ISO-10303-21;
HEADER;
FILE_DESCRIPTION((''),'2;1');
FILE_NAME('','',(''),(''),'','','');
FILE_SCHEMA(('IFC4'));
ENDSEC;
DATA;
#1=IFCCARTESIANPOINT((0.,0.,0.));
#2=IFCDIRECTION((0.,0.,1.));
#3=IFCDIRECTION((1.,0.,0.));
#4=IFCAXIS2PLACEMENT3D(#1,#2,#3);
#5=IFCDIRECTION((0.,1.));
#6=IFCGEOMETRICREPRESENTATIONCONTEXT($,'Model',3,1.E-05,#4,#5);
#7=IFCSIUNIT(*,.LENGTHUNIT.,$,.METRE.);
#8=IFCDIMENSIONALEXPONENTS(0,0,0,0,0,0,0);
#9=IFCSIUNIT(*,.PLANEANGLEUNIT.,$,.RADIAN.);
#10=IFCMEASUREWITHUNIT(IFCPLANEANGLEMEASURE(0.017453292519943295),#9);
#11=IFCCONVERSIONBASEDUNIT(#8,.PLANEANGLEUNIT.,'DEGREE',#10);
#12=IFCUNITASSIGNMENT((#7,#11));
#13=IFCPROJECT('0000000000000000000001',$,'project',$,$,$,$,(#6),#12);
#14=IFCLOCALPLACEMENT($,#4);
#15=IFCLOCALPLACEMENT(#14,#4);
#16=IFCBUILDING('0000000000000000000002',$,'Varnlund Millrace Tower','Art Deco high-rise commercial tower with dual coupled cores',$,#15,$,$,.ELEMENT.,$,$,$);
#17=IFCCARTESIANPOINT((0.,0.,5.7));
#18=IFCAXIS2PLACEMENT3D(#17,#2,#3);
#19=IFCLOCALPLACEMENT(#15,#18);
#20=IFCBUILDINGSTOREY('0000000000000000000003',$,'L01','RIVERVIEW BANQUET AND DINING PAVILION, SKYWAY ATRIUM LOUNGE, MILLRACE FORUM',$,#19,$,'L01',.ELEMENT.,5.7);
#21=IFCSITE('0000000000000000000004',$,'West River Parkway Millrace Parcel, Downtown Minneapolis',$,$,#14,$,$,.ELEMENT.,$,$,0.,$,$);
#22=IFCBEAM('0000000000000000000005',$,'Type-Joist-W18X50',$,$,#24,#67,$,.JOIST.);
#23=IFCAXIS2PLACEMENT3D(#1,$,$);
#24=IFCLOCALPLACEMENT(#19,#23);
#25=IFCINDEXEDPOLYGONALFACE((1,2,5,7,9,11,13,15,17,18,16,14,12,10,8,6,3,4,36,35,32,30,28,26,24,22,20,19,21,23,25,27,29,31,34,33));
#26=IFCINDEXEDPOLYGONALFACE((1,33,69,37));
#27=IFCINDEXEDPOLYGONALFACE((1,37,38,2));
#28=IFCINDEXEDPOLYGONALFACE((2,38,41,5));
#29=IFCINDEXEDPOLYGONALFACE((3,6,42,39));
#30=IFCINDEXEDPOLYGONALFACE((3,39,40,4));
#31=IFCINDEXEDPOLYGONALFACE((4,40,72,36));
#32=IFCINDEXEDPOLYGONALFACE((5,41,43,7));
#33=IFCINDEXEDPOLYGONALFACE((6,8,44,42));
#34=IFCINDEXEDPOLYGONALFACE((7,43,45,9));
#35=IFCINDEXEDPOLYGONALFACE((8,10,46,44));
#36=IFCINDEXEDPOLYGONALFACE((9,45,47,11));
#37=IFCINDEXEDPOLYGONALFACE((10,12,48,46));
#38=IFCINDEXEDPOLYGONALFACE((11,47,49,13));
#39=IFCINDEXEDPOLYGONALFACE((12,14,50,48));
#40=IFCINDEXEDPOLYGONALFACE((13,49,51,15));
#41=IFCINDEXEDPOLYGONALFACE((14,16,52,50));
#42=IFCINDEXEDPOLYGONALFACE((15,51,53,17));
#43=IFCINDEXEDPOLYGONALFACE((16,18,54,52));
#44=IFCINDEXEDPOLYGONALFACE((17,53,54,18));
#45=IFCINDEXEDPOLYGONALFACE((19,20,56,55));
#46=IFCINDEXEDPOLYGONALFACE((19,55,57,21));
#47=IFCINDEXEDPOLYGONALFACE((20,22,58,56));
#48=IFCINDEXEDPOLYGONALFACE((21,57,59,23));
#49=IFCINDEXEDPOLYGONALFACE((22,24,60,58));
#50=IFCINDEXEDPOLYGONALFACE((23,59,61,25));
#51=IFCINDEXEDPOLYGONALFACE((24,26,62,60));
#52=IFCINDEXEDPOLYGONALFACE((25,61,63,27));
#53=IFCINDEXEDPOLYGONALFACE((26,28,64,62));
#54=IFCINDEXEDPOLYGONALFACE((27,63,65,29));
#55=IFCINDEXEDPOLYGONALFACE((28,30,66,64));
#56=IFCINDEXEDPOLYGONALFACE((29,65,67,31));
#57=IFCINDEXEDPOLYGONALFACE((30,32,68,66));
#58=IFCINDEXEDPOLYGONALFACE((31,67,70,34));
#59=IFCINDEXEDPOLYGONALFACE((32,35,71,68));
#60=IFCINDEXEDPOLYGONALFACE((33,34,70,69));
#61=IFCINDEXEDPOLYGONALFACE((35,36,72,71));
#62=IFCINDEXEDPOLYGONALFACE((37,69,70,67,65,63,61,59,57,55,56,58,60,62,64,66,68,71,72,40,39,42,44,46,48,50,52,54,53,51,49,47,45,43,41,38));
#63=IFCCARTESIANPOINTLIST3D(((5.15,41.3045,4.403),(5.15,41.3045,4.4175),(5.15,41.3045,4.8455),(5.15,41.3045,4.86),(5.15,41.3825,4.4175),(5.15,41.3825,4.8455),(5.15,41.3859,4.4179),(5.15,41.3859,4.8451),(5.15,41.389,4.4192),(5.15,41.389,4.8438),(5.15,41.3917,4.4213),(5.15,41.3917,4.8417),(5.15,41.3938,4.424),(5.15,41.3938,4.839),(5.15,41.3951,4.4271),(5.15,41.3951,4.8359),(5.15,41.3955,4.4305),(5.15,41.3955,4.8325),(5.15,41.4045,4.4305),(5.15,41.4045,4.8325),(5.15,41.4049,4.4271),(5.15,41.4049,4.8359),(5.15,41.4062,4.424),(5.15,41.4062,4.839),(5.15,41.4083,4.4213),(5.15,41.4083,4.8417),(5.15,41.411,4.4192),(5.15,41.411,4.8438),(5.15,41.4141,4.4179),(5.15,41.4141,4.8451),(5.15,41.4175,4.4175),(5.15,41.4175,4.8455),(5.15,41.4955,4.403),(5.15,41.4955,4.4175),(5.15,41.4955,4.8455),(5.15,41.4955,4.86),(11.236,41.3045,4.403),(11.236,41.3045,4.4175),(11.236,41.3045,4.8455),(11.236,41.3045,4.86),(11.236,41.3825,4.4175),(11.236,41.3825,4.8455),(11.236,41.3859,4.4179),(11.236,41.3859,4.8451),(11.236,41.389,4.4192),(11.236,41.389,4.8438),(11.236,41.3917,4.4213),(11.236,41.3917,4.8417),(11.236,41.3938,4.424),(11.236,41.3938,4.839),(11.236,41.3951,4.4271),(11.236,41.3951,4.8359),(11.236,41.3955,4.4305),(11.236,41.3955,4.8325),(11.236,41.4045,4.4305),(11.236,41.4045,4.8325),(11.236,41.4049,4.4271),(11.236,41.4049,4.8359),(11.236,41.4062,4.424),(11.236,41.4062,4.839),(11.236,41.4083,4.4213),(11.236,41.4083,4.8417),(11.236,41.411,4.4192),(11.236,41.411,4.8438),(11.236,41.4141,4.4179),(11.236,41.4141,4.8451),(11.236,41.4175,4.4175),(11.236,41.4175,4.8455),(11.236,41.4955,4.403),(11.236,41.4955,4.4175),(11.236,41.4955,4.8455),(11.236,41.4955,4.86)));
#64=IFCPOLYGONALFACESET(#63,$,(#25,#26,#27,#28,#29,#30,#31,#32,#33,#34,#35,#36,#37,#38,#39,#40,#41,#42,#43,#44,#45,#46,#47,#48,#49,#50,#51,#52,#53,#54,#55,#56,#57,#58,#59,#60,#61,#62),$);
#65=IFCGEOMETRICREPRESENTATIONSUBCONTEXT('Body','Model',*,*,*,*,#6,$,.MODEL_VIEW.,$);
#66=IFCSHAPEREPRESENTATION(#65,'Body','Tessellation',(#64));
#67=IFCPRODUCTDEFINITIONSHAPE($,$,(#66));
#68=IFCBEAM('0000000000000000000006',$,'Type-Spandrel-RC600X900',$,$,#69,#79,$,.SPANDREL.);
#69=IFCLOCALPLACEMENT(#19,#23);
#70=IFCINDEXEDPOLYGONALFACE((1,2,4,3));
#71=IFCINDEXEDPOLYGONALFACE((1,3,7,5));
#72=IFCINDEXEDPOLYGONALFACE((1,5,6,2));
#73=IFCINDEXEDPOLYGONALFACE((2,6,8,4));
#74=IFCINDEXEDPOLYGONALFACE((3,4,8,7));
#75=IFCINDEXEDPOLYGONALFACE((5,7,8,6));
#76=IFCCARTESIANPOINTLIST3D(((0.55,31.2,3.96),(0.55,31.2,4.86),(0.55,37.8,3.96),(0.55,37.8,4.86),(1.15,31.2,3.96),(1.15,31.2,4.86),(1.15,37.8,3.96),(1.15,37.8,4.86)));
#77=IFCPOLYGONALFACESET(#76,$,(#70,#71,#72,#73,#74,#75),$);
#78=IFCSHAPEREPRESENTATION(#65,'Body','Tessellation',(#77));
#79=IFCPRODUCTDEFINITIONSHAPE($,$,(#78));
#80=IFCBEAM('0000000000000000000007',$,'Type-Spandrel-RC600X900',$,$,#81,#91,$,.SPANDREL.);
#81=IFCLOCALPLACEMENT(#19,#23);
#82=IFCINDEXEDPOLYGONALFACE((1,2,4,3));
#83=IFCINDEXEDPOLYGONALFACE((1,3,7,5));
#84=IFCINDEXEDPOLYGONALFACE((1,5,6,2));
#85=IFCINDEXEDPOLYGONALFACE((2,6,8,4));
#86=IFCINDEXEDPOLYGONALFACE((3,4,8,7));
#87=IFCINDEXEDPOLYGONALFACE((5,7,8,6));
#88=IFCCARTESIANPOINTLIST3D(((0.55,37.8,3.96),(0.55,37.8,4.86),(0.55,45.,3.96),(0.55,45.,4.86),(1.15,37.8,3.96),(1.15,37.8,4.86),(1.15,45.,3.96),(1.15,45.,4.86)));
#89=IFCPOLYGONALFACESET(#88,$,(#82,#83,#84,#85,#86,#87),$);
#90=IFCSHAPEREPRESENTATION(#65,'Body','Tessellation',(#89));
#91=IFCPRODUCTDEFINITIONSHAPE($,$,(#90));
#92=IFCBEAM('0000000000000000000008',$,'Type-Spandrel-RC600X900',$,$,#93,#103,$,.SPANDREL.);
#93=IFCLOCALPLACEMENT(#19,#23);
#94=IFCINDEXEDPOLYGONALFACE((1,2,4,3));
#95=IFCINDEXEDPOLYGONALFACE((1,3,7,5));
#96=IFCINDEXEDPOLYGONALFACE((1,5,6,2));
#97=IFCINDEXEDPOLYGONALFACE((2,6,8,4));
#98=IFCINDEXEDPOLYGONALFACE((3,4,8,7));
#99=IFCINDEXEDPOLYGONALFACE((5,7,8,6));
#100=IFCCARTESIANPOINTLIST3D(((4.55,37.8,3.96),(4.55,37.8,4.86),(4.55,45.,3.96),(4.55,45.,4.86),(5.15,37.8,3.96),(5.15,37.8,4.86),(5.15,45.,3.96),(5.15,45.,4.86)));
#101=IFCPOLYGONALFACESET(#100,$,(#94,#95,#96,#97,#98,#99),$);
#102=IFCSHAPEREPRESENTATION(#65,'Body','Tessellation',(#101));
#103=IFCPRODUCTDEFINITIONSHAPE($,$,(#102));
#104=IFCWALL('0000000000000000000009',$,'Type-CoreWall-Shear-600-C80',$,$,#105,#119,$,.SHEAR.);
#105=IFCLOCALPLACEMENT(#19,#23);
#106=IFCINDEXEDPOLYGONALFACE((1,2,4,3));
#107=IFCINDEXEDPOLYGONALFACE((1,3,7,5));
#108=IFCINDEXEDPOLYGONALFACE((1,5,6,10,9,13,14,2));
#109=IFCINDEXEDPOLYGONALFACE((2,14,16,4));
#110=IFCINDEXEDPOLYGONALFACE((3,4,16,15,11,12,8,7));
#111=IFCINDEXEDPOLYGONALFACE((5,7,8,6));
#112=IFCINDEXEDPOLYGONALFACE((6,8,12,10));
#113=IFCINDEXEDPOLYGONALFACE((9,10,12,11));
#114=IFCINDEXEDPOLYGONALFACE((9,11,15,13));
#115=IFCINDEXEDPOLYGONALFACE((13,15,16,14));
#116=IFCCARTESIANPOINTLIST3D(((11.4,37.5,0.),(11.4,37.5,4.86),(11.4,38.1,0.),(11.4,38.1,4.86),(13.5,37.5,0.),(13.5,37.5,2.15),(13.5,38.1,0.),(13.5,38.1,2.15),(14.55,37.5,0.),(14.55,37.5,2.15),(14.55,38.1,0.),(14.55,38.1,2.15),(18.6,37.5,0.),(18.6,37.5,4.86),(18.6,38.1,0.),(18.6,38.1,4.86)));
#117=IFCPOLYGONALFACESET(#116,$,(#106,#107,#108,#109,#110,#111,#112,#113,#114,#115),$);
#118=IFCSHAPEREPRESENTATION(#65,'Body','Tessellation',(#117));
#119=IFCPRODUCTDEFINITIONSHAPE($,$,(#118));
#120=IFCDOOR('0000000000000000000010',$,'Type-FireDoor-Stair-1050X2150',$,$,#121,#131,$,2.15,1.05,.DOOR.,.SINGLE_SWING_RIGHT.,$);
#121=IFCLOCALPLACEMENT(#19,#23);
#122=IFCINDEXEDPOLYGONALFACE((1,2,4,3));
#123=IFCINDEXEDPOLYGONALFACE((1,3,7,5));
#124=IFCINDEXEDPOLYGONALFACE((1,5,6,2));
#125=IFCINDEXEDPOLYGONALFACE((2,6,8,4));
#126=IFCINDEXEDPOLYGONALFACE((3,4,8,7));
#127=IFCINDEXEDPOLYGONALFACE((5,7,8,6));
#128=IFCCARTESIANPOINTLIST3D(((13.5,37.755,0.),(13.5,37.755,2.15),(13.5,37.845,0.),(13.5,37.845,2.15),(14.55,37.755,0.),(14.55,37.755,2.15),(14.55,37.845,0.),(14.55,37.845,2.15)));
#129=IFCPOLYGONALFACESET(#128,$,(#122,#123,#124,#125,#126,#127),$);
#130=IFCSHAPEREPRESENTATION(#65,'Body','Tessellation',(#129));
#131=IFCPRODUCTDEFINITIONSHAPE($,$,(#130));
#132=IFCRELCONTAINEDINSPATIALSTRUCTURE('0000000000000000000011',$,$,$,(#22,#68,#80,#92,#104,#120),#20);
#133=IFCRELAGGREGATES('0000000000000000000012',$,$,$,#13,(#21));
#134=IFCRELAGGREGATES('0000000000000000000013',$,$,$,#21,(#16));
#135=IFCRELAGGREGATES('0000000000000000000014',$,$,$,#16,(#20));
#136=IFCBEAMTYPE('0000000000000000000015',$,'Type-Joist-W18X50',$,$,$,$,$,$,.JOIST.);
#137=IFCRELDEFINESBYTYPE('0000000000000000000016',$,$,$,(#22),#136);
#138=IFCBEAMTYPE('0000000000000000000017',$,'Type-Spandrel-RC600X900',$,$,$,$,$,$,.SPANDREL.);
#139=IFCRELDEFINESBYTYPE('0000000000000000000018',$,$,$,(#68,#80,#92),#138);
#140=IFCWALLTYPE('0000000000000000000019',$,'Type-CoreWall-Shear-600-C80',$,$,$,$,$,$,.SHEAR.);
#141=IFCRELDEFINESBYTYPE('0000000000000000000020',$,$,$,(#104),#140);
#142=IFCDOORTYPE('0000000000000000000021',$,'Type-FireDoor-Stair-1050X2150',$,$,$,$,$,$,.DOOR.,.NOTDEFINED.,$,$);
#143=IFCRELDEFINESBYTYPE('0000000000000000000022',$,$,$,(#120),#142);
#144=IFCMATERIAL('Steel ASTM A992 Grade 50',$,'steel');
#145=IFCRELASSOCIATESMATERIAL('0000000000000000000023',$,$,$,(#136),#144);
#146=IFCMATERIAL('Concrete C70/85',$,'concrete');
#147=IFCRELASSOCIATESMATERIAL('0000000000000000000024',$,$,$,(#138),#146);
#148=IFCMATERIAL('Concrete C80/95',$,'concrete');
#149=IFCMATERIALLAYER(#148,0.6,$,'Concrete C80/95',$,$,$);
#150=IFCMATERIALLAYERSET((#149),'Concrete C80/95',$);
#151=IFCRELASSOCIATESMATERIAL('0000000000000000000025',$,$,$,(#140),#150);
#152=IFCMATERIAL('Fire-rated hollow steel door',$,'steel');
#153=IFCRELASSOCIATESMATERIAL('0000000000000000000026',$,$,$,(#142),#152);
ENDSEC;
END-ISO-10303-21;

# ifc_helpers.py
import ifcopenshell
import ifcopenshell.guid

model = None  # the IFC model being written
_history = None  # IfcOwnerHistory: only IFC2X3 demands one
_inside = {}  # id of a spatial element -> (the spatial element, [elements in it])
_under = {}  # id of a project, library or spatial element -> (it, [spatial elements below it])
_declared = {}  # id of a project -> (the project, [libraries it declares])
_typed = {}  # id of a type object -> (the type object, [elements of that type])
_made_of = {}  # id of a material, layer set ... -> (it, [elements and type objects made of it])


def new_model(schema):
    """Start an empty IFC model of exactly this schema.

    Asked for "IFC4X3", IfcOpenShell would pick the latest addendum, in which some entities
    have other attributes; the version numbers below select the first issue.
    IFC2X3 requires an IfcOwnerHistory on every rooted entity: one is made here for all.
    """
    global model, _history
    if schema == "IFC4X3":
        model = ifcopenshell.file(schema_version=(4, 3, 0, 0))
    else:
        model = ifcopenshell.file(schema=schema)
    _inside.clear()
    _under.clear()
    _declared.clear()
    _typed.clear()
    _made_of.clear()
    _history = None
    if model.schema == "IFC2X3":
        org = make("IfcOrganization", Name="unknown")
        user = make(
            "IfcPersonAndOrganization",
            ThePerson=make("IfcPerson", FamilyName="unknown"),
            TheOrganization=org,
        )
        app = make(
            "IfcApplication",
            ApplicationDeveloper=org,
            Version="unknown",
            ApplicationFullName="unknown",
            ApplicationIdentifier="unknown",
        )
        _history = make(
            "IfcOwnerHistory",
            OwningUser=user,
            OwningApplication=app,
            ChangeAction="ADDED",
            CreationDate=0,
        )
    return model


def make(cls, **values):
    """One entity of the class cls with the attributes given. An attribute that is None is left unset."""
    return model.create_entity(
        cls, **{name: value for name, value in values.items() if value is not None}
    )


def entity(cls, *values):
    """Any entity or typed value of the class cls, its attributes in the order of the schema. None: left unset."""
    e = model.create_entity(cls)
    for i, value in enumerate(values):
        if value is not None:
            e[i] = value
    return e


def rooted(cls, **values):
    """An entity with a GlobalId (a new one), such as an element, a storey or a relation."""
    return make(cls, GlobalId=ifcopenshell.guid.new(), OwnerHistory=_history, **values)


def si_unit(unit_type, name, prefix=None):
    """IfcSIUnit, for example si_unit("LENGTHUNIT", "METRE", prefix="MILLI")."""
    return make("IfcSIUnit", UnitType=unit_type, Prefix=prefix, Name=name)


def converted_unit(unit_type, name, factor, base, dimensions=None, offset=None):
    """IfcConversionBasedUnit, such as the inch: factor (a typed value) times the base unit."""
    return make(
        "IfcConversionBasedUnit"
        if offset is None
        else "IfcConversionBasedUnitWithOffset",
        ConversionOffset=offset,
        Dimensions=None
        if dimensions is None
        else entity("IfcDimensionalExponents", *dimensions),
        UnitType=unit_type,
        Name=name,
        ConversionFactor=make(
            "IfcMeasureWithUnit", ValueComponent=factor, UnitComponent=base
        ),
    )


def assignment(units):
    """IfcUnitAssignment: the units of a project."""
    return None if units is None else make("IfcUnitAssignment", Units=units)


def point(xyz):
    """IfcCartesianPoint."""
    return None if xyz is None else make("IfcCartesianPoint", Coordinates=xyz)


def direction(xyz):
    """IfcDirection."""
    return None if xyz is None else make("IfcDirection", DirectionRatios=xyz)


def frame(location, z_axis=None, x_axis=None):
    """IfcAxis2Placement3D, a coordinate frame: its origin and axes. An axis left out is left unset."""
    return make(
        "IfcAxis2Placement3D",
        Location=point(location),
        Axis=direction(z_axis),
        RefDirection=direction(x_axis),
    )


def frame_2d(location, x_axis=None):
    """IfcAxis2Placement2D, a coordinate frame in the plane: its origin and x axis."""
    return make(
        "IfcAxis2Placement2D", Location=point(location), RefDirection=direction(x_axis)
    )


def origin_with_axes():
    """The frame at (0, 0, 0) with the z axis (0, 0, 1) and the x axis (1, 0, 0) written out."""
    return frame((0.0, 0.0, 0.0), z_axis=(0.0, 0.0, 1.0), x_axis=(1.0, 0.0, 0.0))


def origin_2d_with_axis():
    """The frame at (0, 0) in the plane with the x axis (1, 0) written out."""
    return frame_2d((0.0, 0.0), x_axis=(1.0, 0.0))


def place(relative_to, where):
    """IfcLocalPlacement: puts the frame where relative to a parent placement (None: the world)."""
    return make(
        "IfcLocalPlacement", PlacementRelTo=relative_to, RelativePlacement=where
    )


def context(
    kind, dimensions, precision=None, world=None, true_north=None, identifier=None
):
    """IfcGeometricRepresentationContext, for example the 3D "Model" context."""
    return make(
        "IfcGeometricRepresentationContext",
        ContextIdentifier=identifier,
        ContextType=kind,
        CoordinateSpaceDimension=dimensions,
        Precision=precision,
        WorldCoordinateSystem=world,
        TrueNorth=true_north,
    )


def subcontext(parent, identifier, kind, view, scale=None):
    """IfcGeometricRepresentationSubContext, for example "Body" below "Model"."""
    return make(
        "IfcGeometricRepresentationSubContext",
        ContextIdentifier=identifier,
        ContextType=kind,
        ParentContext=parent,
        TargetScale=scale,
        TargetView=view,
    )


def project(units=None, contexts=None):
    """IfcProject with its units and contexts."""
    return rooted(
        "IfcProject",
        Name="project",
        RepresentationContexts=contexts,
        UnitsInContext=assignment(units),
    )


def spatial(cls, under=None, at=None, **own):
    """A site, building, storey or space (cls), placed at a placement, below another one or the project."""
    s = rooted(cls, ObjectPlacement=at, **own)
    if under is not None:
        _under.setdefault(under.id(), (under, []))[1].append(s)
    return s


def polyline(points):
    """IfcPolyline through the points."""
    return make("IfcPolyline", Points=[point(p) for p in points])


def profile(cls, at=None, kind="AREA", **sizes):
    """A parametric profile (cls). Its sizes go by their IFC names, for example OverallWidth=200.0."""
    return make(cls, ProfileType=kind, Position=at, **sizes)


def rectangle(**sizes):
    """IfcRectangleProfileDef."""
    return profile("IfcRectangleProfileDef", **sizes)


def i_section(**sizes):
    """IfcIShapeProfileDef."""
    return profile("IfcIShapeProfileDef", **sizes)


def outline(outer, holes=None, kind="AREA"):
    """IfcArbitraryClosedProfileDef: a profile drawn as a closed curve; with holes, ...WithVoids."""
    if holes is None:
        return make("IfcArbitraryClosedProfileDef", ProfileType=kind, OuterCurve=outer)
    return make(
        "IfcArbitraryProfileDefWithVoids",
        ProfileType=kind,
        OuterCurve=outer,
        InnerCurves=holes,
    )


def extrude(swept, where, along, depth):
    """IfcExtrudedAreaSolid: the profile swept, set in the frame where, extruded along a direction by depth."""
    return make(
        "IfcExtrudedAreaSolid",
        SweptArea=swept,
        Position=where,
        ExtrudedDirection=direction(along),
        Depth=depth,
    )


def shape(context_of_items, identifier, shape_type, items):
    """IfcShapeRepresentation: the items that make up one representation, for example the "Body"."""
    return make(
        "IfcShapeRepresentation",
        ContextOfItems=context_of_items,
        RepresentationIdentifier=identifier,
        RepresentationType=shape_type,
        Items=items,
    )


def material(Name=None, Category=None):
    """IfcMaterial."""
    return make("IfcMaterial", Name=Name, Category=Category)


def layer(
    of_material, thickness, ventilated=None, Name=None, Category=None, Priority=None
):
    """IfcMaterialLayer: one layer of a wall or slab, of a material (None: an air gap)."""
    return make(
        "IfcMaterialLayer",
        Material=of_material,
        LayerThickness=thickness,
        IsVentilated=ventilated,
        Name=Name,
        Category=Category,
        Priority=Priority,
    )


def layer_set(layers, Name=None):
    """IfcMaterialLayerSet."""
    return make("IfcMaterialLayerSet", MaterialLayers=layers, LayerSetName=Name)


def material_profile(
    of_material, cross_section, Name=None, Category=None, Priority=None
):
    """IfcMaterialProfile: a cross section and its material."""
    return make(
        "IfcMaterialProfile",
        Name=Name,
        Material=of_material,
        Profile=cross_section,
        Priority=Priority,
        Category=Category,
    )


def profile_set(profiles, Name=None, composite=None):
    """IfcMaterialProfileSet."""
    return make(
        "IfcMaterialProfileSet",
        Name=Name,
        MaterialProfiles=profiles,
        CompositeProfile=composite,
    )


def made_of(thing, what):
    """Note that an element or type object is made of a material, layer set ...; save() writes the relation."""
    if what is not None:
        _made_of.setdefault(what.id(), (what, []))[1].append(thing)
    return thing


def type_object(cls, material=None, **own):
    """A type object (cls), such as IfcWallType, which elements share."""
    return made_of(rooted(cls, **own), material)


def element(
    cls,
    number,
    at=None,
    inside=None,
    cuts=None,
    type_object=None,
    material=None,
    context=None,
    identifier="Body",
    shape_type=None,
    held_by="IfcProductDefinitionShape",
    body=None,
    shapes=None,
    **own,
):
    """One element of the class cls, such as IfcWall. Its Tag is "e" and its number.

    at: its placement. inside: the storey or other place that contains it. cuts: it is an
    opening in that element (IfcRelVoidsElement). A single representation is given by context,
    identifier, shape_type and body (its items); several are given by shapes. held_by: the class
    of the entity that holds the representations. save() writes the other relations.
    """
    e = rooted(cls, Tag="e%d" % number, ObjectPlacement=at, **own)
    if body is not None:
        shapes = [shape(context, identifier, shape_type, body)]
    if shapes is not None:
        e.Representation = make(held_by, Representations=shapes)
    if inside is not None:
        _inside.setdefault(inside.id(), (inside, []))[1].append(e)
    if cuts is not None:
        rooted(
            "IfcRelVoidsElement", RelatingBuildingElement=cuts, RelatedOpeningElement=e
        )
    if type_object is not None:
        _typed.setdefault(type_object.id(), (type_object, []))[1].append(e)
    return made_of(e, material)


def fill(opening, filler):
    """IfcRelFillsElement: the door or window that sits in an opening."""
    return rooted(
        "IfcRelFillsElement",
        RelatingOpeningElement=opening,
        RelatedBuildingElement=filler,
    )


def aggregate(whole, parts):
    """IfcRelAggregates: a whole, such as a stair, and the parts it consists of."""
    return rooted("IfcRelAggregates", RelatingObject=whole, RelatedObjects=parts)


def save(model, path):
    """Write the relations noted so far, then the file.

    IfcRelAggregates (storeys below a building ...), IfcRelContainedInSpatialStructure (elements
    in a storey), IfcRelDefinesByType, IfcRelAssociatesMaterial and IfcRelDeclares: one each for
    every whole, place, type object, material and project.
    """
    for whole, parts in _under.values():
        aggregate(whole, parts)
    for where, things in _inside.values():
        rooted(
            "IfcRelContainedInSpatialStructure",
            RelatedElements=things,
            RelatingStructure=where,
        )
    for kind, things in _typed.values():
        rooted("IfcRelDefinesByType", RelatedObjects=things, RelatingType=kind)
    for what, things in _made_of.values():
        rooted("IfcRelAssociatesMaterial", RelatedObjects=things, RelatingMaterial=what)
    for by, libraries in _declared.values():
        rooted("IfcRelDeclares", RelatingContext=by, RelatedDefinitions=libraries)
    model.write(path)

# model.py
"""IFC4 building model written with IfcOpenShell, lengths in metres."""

from ifc_helpers import new_model, entity, si_unit, converted_unit, direction, frame, origin_with_axes, origin_2d_with_axis, place, context, subcontext, project, spatial, polyline, rectangle, i_section, outline, extrude, material, layer, layer_set, material_profile, profile_set, type_object, element, fill, save


model = new_model("IFC4")

# Units and contexts
model_context = context("Model", 3, precision=1e-05, world=origin_with_axes(), true_north=direction((0.0, 1.0)))
body_context = subcontext(model_context, "Body", "Model", "MODEL_VIEW")
ifc_project = project(units=[si_unit("LENGTHUNIT", "METRE"), converted_unit("PLANEANGLEUNIT", "DEGREE", entity("IfcPlaneAngleMeasure", 0.017453292519943295), si_unit("PLANEANGLEUNIT", "RADIAN"), dimensions=[0, 0, 0, 0, 0, 0, 0])], contexts=[model_context])

# Site, building, storey
site_placement = place(None, origin_with_axes())
site = spatial("IfcSite", under=ifc_project, at=site_placement, Name="West River Parkway Millrace Parcel, Downtown Minneapolis", CompositionType="ELEMENT", RefElevation=0.0)
building_placement = place(site_placement, origin_with_axes())
building = spatial("IfcBuilding", under=site, at=building_placement, Name="Varnlund Millrace Tower", Description="Art Deco high-rise commercial tower with dual coupled cores", CompositionType="ELEMENT")
storey_placement = place(building_placement, frame((0.0, 0.0, 5.7), z_axis=(0.0, 0.0, 1.0), x_axis=(1.0, 0.0, 0.0)))
storey = spatial("IfcBuildingStorey", under=building, at=storey_placement, Name="L01", Description="RIVERVIEW BANQUET AND DINING PAVILION, SKYWAY ATRIUM LOUNGE, MILLRACE FORUM", LongName="L01", CompositionType="ELEMENT", Elevation=5.7)

# Shared definitions
ifc_material_1 = material(Name="Concrete C80/95", Category="concrete")

# Beams
ifc_material_2 = material(Name="Steel ASTM A992 Grade 50", Category="steel")
ifc_material_profile_1 = material_profile(ifc_material_2, i_section(OverallWidth=0.191, OverallDepth=0.457, WebThickness=0.009, FlangeThickness=0.0145, FilletRadius=0.013, at=origin_2d_with_axis()), Name="Steel ASTM A992 Grade 50")
ifc_profile_set_1 = profile_set([ifc_material_profile_1], Name="Steel ASTM A992 Grade 50")
beam_type_1 = type_object("IfcBeamType", Name="Type-Joist-W18X50", PredefinedType="JOIST", material=ifc_profile_set_1)
for number, where, z_axis, x_axis, name in (
    (1, (5.15, 41.4, 4.6315), (1.0, 0.0, 0.0), (0.0, 1.0, 0.0), "Type-Joist-W18X50"),
):
    element("IfcBeam", number, at=place(storey_placement, frame(where, z_axis=z_axis, x_axis=x_axis)), inside=storey, type_object=beam_type_1, Name=name, PredefinedType="JOIST", context=body_context, shape_type="SweptSolid", body=[
        extrude(i_section(OverallWidth=0.191, OverallDepth=0.457, WebThickness=0.009, FlangeThickness=0.0145, FilletRadius=0.013, at=origin_2d_with_axis()), origin_with_axes(), (0.0, 0.0, 1.0), 6.086),
    ])
ifc_material_3 = material(Name="Concrete C70/85", Category="concrete")
ifc_material_profile_2 = material_profile(ifc_material_3, rectangle(XDim=0.6, YDim=0.9, at=origin_2d_with_axis()), Name="Concrete C70/85")
ifc_profile_set_2 = profile_set([ifc_material_profile_2], Name="Concrete C70/85")
beam_type_2 = type_object("IfcBeamType", Name="Type-Spandrel-RC600X900", PredefinedType="SPANDREL", material=ifc_profile_set_2)
beam_1_placement = place(storey_placement, frame((0.85, 31.2, 4.41), z_axis=(0.0, 1.0, 0.0), x_axis=(-1.0, 0.0, 0.0)))
element("IfcBeam", 2, at=beam_1_placement, inside=storey, type_object=beam_type_2, Name="Type-Spandrel-RC600X900", PredefinedType="SPANDREL", context=body_context, shape_type="SweptSolid", body=[
    extrude(rectangle(XDim=0.6, YDim=0.9, at=origin_2d_with_axis()), origin_with_axes(), (0.0, 0.0, 1.0), 6.6),
])
for number, where, z_axis, x_axis, name in (
    (3, (0.85, 37.8, 4.41), (0.0, 1.0, 0.0), (-1.0, 0.0, 0.0), "Type-Spandrel-RC600X900"),
    (4, (4.85, 37.8, 4.41), (0.0, 1.0, 0.0), (-1.0, 0.0, 0.0), "Type-Spandrel-RC600X900"),
):
    element("IfcBeam", number, at=place(storey_placement, frame(where, z_axis=z_axis, x_axis=x_axis)), inside=storey, type_object=beam_type_2, Name=name, PredefinedType="SPANDREL", context=body_context, shape_type="SweptSolid", body=[
        extrude(rectangle(XDim=0.6, YDim=0.9, at=origin_2d_with_axis()), origin_with_axes(), (0.0, 0.0, 1.0), 7.2),
    ])

# Wall, opening, door
ifc_layer_1 = layer(ifc_material_1, 0.6, Name="Concrete C80/95")
ifc_layer_set_1 = layer_set([ifc_layer_1], Name="Concrete C80/95")
wall_type_1 = type_object("IfcWallType", Name="Type-CoreWall-Shear-600-C80", PredefinedType="SHEAR", material=ifc_layer_set_1)
wall_1_placement = place(storey_placement, frame((11.4, 37.8, 0.0), z_axis=(0.0, 0.0, 1.0), x_axis=(1.0, 0.0, 0.0)))
wall_1 = element("IfcWall", 5, at=wall_1_placement, inside=storey, type_object=wall_type_1, Name="Type-CoreWall-Shear-600-C80", PredefinedType="SHEAR", context=body_context, shape_type="SweptSolid", body=[
    extrude(outline(polyline([(0.0, -0.3), (7.2, -0.3), (7.2, 0.3), (0.0, 0.3), (0.0, -0.3)])), origin_with_axes(), (0.0, 0.0, 1.0), 4.86),
])
opening_1_placement = place(wall_1_placement, frame((2.625, 0.0, 0.0), z_axis=(0.0, 0.0, 1.0), x_axis=(1.0, 0.0, 0.0)))
opening_1 = element("IfcOpeningElement", 6, at=opening_1_placement, cuts=wall_1, PredefinedType="OPENING", context=body_context, shape_type="SweptSolid", body=[
    extrude(rectangle(XDim=1.05, YDim=0.62, at=origin_2d_with_axis()), origin_with_axes(), (0.0, 0.0, 1.0), 2.15),
])
ifc_material_4 = material(Name="Fire-rated hollow steel door", Category="steel")
door_type_1 = type_object("IfcDoorType", Name="Type-FireDoor-Stair-1050X2150", OperationType="NOTDEFINED", PredefinedType="DOOR", material=ifc_material_4)
door_1_placement = place(wall_1_placement, frame((2.625, 0.0, 0.0), z_axis=(0.0, 0.0, 1.0), x_axis=(1.0, 0.0, 0.0)))
door_1 = element("IfcDoor", 7, at=door_1_placement, inside=storey, type_object=door_type_1, Name="Type-FireDoor-Stair-1050X2150", OperationType="SINGLE_SWING_RIGHT", OverallHeight=2.15, OverallWidth=1.05, PredefinedType="DOOR", context=body_context, shape_type="SweptSolid", body=[
    extrude(rectangle(XDim=1.05, YDim=0.09, at=origin_2d_with_axis()), origin_with_axes(), (0.0, 0.0, 1.0), 2.15),
])
fill(opening_1, door_1)

save(model, "model.ifc")
